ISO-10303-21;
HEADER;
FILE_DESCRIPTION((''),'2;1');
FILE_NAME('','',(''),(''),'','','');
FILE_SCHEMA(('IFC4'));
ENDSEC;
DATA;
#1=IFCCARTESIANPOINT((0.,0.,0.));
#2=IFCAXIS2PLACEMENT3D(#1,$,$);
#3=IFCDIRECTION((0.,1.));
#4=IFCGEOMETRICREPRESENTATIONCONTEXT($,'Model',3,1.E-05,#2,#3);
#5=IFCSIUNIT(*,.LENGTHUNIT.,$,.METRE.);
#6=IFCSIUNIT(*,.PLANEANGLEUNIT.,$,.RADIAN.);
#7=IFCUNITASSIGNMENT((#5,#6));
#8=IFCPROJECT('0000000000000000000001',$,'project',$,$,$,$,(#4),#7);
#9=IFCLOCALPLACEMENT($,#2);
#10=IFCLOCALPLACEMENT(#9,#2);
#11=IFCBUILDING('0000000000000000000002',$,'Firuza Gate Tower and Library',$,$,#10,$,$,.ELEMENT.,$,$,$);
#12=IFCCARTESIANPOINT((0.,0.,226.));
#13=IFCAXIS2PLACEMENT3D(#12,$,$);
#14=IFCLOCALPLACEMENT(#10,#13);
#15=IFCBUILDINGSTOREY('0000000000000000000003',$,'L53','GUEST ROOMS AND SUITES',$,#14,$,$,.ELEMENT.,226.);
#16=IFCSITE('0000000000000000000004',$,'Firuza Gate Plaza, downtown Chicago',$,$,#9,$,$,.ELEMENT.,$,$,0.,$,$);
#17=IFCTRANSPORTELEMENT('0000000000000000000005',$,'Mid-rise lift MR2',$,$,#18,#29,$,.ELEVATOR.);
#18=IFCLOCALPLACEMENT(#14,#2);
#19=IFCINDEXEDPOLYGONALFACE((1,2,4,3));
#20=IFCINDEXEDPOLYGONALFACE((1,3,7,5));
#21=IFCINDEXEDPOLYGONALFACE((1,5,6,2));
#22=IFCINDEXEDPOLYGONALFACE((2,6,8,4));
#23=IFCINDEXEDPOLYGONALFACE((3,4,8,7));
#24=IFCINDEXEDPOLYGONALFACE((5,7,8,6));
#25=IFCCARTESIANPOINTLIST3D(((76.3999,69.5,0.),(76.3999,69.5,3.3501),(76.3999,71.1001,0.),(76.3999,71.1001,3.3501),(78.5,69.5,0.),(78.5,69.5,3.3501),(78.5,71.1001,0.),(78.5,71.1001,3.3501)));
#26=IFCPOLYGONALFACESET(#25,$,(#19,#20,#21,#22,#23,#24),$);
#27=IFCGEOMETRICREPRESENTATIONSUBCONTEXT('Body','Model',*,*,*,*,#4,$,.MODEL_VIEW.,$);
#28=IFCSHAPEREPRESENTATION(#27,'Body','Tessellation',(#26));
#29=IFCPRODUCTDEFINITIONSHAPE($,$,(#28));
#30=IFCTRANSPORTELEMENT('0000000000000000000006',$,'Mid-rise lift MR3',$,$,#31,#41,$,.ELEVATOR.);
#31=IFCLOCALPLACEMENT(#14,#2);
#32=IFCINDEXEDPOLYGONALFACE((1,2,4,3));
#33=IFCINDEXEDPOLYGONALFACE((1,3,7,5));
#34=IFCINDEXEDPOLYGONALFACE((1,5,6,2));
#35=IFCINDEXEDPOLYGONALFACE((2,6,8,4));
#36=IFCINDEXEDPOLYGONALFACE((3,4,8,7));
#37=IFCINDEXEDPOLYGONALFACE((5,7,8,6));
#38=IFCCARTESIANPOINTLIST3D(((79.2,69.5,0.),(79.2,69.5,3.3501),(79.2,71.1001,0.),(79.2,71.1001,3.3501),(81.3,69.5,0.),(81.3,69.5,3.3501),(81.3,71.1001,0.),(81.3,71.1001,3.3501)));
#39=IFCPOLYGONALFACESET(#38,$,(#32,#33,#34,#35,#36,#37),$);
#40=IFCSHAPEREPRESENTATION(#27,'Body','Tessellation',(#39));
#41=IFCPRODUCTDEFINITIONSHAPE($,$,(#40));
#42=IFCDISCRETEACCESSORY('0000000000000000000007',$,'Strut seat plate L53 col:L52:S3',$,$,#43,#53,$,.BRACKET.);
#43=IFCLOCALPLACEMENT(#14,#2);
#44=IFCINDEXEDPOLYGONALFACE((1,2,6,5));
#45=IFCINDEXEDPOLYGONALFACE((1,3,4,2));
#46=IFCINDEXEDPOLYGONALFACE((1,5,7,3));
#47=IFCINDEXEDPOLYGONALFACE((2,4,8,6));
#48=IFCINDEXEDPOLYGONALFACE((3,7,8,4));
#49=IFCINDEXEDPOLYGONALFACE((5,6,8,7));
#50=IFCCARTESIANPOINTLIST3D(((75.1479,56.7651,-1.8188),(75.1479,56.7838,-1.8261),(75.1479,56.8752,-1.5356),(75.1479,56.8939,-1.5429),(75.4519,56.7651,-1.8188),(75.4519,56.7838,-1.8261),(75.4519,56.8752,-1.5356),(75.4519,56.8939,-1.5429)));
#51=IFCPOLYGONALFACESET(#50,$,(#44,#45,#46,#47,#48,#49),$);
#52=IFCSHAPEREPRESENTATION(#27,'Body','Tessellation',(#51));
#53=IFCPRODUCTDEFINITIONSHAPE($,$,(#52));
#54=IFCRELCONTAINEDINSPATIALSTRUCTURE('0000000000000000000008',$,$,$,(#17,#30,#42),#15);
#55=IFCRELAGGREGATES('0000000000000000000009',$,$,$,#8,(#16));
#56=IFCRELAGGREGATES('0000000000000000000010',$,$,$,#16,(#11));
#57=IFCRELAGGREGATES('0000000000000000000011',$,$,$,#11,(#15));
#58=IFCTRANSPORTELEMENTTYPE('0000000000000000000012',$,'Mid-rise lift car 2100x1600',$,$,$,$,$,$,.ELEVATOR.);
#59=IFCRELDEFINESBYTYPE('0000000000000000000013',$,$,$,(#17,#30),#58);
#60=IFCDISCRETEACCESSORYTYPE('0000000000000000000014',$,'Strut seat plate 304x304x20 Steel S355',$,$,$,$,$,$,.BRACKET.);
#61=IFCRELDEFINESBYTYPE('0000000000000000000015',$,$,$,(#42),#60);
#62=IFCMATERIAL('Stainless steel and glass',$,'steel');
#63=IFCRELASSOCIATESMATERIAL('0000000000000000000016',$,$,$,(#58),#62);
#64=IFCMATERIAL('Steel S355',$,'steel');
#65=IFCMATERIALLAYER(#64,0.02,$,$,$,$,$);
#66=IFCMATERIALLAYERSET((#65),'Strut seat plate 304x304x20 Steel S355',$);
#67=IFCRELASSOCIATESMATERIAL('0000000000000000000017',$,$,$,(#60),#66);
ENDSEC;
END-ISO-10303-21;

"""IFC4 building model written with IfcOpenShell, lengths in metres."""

from ifc_helpers import new_model, si_unit, direction, frame, origin, origin_2d, place, context, subcontext, project, spatial, polyline, rectangle, outline, extrude, material, layer, layer_set, type_object, element, save


model = new_model("IFC4")

# Units and contexts
model_context = context("Model", 3, precision=1e-05, world=origin(), true_north=direction((0.0, 1.0)))
body_context = subcontext(model_context, "Body", "Model", "MODEL_VIEW")
ifc_project = project(units=[si_unit("LENGTHUNIT", "METRE"), si_unit("PLANEANGLEUNIT", "RADIAN")], contexts=[model_context])

# Site, building, storey
site_placement = place(None, origin())
site = spatial("IfcSite", under=ifc_project, at=site_placement, Name="Firuza Gate Plaza, downtown Chicago", CompositionType="ELEMENT", RefElevation=0.0)
building_placement = place(site_placement, origin())
building = spatial("IfcBuilding", under=site, at=building_placement, Name="Firuza Gate Tower and Library", CompositionType="ELEMENT")
storey_placement = place(building_placement, frame((0.0, 0.0, 226.0)))
storey = spatial("IfcBuildingStorey", under=building, at=storey_placement, Name="L53", Description="GUEST ROOMS AND SUITES", CompositionType="ELEMENT", Elevation=226.0)

# Transport elements
ifc_material_1 = material(Name="Stainless steel and glass", Category="steel")
transport_element_type = type_object("IfcTransportElementType", Name="Mid-rise lift car 2100x1600", PredefinedType="ELEVATOR", material=ifc_material_1)
for number, where, z_axis, x_axis, name in (
    (1, (77.45, 70.3, 0.0), (0.0, 0.0, 1.0), (1.0, 0.0, 0.0), "Mid-rise lift MR2"),
    (2, (80.25, 70.3, 0.0), (0.0, 0.0, 1.0), (1.0, 0.0, 0.0), "Mid-rise lift MR3"),
):
    element("IfcTransportElement", number, at=place(storey_placement, frame(where, z_axis=z_axis, x_axis=x_axis)), inside=storey, type_object=transport_element_type, Name=name, PredefinedType="ELEVATOR", context=body_context, shape_type="SweptSolid", body=[
        extrude(rectangle(XDim=2.1001, YDim=1.6001, at=origin_2d()), origin(), (0.0, 0.0, 1.0), 3.3501),
    ])

# Discrete accessory
ifc_material_2 = material(Name="Steel S355", Category="steel")
ifc_layer_1 = layer(ifc_material_2, 0.02)
ifc_layer_set_1 = layer_set([ifc_layer_1], Name="Strut seat plate 304x304x20 Steel S355")
discrete_accessory_type = type_object("IfcDiscreteAccessoryType", Name="Strut seat plate 304x304x20 Steel S355", PredefinedType="BRACKET", material=ifc_layer_set_1)
discrete_accessory_placement = place(storey_placement, frame((75.4519, 56.8752, -1.5356), z_axis=(0.0, -0.932035, 0.362369), x_axis=(-1.0, 0.0, 0.0)))
element("IfcDiscreteAccessory", 3, at=discrete_accessory_placement, inside=storey, type_object=discrete_accessory_type, Name="Strut seat plate L53 col:L52:S3", PredefinedType="BRACKET", context=body_context, shape_type="SweptSolid", body=[
    extrude(outline(polyline([(0.0, 0.0), (0.304, 0.0), (0.304, 0.3039), (0.0, 0.3039), (0.0, 0.0)])), origin(), (0.0, 0.0, -1.0), 0.02),
])

save(model, "model.ifc")
